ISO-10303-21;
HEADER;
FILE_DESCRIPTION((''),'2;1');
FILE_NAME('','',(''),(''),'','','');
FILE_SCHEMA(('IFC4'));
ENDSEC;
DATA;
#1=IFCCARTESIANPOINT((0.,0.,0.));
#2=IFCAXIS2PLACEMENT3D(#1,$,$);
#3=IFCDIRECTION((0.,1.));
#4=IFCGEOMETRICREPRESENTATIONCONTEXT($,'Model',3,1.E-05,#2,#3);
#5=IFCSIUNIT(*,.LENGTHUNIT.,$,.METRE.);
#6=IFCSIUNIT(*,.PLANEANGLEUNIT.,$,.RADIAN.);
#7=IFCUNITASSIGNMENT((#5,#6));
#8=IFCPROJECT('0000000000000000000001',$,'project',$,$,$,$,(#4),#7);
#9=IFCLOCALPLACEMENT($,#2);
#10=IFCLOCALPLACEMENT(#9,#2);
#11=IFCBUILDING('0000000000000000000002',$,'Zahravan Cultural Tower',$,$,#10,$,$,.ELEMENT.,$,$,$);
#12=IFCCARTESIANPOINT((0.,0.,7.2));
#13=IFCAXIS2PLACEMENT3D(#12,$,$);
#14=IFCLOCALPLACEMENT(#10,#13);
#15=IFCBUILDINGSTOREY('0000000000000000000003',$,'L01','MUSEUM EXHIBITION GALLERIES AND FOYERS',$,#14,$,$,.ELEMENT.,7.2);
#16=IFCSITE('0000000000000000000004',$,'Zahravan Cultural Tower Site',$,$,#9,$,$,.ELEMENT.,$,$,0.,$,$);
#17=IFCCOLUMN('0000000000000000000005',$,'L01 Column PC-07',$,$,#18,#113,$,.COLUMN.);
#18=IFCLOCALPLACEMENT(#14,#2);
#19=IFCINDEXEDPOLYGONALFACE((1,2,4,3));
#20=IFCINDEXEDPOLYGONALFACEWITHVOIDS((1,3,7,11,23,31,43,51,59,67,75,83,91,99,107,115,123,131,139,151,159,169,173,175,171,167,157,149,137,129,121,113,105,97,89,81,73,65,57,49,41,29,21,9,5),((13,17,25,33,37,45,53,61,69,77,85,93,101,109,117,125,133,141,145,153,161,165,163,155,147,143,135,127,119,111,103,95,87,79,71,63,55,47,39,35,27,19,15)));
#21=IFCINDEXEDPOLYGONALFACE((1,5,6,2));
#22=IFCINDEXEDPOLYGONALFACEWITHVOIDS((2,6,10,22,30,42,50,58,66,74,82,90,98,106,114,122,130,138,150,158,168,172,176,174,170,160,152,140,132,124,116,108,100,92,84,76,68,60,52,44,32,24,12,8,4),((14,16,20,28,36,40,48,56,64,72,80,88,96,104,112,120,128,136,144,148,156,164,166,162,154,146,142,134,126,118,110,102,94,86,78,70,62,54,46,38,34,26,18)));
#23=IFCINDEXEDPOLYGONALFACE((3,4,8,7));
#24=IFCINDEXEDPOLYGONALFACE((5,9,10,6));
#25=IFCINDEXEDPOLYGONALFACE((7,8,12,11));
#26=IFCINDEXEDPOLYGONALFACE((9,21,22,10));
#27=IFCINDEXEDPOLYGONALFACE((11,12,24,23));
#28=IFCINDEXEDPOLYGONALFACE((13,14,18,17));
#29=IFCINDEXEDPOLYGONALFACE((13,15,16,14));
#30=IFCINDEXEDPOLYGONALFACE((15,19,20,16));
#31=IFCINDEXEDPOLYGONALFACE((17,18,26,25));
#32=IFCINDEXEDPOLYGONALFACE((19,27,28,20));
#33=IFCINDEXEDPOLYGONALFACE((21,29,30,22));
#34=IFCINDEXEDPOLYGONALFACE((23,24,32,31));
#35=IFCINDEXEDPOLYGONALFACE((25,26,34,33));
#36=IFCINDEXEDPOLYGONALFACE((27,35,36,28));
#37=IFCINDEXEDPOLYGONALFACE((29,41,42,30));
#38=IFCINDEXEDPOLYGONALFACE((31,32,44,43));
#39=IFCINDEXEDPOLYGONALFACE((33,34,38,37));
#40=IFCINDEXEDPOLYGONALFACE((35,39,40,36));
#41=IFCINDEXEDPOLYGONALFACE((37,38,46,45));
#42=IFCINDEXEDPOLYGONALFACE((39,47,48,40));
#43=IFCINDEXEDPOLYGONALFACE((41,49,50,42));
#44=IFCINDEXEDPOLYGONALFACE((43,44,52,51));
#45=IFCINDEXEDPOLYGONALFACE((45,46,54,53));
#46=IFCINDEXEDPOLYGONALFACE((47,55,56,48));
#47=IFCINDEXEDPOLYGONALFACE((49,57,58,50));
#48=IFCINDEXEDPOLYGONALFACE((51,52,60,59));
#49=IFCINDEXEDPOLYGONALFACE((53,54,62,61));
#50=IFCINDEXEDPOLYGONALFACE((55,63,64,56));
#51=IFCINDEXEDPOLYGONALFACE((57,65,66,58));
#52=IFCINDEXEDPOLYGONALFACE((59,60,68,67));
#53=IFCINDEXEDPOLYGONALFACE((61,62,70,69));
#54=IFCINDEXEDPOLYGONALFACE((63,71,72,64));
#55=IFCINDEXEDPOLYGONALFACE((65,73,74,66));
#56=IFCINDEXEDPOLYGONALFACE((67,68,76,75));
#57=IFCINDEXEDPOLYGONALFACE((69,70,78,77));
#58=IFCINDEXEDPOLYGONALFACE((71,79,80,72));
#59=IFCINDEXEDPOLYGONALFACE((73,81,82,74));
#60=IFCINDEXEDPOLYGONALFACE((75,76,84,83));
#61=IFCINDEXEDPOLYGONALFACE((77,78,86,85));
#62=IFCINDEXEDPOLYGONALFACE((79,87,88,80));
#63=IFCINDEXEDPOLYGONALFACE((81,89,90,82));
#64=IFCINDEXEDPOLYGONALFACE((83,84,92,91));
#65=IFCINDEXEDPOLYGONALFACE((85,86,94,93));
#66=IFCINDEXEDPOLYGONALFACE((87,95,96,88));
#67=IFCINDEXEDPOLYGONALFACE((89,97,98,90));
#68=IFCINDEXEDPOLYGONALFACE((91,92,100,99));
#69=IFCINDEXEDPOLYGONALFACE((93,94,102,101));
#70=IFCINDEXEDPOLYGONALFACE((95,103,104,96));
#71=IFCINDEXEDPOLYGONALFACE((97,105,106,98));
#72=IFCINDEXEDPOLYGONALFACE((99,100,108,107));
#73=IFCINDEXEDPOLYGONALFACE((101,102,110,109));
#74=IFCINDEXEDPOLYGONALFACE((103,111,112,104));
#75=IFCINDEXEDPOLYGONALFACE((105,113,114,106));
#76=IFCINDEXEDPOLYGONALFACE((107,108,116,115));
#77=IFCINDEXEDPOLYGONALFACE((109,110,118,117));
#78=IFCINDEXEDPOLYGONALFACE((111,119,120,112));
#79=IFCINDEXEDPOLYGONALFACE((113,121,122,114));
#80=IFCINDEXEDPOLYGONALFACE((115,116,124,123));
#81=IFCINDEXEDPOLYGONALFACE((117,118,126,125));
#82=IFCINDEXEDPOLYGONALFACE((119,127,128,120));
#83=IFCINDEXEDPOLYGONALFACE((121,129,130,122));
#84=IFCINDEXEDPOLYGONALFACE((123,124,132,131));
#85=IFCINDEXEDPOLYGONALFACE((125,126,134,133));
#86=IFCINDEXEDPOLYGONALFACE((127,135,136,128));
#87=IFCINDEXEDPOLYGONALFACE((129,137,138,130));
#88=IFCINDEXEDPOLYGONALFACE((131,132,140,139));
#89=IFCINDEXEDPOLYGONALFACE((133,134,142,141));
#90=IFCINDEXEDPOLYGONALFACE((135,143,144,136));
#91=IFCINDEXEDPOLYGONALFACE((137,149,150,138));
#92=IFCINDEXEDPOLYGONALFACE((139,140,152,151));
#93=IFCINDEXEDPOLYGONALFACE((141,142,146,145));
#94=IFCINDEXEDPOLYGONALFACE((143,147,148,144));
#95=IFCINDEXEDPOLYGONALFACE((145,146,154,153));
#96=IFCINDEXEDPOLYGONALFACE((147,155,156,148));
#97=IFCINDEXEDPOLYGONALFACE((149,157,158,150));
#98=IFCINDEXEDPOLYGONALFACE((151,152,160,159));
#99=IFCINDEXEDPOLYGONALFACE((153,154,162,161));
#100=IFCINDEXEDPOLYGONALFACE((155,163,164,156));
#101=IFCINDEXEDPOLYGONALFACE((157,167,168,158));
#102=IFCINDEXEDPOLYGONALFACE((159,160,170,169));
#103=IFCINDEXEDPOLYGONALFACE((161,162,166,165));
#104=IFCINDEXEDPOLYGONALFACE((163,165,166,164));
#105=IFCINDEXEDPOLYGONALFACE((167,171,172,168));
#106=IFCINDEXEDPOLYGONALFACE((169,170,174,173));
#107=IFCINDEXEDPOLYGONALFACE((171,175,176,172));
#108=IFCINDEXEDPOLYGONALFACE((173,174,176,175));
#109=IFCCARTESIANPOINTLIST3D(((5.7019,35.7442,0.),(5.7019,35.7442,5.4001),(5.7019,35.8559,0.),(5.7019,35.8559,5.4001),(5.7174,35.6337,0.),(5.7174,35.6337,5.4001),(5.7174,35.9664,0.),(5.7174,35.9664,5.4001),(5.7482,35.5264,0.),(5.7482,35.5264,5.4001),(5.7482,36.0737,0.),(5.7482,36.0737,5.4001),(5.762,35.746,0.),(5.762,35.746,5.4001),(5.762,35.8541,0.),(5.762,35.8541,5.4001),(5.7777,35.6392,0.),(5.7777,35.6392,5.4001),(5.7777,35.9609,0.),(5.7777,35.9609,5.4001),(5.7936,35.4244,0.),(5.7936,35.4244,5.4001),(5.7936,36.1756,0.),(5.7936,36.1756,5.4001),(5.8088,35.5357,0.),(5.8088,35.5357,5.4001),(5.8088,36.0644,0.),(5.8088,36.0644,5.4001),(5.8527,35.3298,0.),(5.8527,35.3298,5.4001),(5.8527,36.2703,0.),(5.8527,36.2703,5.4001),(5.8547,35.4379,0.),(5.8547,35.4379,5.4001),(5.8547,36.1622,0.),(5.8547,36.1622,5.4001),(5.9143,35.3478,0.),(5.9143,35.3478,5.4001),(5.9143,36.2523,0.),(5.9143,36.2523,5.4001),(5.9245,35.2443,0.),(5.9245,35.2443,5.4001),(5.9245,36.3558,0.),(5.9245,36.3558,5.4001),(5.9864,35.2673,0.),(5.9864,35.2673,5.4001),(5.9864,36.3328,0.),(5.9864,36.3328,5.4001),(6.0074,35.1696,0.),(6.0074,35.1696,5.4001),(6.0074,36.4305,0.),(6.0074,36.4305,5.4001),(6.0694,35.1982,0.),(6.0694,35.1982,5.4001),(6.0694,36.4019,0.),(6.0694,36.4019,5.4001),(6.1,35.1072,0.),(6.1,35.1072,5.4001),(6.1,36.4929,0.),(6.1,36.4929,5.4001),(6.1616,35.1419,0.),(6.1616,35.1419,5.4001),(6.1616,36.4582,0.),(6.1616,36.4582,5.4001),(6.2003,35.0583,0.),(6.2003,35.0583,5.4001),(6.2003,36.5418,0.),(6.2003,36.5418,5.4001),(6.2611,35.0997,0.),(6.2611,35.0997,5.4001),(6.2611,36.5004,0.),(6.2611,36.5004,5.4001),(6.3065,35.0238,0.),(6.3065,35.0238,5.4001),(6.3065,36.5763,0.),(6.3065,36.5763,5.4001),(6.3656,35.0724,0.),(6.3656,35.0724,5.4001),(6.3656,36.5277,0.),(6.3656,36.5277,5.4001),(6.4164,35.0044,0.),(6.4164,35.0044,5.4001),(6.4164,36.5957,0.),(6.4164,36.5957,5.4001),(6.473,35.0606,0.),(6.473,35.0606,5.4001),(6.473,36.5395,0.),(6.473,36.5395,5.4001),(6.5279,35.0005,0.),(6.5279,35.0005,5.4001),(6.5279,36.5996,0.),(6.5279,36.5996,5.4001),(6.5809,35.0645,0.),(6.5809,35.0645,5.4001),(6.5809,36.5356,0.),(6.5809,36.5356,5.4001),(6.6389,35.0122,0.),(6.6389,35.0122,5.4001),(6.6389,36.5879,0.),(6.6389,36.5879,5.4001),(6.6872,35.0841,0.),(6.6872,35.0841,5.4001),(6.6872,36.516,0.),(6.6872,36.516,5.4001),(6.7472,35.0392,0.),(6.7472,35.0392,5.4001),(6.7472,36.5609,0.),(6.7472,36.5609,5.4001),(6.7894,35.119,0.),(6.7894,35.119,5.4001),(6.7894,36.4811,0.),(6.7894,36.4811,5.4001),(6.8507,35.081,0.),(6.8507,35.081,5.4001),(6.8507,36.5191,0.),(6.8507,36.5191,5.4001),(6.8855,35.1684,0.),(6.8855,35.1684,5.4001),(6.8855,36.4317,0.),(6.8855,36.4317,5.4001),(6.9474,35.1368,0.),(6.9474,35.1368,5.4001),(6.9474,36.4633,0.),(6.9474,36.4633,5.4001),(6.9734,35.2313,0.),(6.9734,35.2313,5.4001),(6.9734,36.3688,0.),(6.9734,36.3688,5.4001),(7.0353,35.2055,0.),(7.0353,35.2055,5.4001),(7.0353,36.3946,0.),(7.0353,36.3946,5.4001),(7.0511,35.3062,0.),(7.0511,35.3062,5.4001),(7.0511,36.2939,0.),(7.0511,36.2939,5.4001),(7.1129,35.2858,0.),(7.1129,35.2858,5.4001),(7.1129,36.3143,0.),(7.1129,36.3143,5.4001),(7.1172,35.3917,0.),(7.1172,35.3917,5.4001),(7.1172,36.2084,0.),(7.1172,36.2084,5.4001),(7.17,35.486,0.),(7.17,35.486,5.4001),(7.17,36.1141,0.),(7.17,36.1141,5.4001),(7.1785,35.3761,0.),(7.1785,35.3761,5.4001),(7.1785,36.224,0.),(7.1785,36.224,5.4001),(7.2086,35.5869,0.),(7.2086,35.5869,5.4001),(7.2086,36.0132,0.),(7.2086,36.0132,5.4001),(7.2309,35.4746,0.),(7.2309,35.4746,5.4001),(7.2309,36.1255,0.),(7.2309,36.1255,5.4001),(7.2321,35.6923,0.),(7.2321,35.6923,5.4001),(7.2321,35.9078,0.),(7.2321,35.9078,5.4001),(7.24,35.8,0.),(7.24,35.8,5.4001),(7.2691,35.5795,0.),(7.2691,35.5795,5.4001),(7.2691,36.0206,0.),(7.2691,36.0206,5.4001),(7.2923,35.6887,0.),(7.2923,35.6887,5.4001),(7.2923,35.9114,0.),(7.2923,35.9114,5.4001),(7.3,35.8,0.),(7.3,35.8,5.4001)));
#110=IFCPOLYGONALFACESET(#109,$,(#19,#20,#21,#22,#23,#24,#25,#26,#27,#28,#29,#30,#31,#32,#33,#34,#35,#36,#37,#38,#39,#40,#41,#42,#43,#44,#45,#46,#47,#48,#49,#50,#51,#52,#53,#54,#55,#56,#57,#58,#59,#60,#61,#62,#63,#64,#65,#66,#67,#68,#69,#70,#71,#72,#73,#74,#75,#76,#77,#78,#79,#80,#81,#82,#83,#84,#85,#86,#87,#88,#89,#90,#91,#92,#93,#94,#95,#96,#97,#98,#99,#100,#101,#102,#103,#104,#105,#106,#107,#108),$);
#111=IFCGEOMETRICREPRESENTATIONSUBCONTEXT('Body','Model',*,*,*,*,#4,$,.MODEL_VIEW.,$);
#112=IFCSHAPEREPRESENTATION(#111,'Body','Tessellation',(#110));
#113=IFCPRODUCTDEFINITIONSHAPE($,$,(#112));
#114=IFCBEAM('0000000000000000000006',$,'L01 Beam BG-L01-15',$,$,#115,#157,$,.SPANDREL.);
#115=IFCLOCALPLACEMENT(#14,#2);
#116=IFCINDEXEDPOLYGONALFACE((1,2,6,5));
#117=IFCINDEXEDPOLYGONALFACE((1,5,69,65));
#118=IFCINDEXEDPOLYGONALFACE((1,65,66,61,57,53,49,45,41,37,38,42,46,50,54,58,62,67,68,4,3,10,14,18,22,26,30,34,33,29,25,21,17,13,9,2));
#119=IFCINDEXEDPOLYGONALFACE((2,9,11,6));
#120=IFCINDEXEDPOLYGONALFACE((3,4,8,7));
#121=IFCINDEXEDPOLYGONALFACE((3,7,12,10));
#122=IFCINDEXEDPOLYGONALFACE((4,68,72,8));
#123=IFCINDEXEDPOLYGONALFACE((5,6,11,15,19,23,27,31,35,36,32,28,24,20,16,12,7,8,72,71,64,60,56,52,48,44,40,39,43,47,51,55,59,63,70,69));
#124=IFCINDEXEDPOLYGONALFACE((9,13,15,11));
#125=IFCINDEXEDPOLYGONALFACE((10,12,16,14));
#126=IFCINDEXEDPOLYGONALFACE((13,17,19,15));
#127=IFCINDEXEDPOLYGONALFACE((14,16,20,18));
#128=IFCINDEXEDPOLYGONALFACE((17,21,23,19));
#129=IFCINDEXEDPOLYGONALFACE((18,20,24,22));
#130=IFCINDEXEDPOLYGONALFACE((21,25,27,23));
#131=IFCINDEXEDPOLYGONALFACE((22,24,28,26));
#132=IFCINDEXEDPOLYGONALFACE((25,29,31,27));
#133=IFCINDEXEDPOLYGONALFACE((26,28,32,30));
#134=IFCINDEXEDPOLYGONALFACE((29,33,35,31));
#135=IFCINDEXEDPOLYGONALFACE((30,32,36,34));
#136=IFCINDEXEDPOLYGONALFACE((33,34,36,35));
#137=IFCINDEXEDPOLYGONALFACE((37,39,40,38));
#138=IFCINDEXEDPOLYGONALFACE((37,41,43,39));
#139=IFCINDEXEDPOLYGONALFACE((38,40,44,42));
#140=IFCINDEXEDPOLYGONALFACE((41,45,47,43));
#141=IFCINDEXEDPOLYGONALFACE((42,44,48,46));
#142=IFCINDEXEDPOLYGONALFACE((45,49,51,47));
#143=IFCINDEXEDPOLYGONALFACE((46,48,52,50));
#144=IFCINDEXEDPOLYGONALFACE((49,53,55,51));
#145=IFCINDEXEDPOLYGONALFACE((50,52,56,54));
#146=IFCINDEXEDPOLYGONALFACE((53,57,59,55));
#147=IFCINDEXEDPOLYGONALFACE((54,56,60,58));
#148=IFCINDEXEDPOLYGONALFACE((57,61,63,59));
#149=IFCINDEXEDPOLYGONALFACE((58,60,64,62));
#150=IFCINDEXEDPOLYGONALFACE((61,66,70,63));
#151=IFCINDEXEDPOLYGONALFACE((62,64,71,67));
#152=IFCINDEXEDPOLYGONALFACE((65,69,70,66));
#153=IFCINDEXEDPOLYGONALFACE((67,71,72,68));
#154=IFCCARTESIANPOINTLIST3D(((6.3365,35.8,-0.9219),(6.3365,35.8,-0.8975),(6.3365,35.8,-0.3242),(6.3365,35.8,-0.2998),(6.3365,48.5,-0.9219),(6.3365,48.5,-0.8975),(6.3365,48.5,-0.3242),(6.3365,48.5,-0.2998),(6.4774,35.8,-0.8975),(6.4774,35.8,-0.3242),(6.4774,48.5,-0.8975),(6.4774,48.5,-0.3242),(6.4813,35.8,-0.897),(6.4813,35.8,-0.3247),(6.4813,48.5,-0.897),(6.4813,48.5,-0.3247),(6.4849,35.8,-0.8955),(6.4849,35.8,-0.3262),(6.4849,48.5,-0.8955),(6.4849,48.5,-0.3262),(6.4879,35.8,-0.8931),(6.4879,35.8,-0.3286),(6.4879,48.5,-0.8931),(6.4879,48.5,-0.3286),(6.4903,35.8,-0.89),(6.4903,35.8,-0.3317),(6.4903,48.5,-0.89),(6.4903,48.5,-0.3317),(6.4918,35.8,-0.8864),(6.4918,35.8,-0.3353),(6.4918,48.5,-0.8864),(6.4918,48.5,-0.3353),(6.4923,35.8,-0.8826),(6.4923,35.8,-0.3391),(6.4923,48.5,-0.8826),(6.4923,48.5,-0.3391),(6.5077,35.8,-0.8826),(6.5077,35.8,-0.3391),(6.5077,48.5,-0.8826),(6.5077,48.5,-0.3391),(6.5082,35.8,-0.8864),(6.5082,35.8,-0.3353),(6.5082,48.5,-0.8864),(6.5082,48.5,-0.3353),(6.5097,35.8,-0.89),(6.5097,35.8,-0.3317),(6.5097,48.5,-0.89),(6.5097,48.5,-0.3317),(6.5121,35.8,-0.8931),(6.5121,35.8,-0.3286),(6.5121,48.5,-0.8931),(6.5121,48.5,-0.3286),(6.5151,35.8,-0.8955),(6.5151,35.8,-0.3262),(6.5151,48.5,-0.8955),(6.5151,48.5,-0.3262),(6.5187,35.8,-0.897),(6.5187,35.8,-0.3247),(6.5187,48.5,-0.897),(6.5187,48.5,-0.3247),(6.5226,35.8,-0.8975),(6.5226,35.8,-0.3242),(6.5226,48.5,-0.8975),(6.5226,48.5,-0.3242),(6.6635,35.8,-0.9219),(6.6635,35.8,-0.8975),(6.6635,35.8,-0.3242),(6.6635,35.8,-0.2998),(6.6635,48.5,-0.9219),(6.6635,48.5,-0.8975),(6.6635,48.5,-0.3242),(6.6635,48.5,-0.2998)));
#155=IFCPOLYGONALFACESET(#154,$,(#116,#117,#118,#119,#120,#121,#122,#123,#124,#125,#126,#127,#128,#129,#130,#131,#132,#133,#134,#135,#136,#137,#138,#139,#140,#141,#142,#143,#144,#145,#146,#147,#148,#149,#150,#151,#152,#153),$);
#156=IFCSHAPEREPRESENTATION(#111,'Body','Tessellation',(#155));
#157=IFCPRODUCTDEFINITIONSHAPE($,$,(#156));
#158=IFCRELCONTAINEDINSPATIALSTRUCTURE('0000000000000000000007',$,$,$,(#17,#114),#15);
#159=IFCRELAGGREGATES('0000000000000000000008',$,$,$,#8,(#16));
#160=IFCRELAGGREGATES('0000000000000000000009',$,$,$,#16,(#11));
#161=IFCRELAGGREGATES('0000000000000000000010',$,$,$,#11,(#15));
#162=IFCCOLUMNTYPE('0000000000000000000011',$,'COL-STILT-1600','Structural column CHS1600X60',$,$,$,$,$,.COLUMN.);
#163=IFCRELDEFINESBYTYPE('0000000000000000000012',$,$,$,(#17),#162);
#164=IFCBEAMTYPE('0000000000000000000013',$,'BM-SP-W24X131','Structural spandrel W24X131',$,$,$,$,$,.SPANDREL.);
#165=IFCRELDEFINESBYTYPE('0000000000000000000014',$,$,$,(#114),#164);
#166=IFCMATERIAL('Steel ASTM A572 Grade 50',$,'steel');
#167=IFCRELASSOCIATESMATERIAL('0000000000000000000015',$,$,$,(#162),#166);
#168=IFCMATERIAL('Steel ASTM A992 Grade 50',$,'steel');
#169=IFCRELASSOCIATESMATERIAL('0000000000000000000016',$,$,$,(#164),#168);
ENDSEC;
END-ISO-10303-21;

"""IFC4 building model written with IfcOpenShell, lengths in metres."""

from ifc_helpers import new_model, si_unit, direction, frame, origin, origin_2d, place, context, subcontext, project, spatial, hollow_circle, i_section, extrude, source, transform, mapped, material, material_profile, profile_set, type_object, element, save


model = new_model("IFC4")

# Units and contexts
model_context = context("Model", 3, precision=1e-05, world=origin(), true_north=direction((0.0, 1.0)))
body_context = subcontext(model_context, "Body", "Model", "MODEL_VIEW")
ifc_project = project(units=[si_unit("LENGTHUNIT", "METRE"), si_unit("PLANEANGLEUNIT", "RADIAN")], contexts=[model_context])

# Site, building, storey
site_placement = place(None, origin())
site = spatial("IfcSite", under=ifc_project, at=site_placement, Name="Zahravan Cultural Tower Site", CompositionType="ELEMENT", RefElevation=0.0)
building_placement = place(site_placement, origin())
building = spatial("IfcBuilding", under=site, at=building_placement, Name="Zahravan Cultural Tower", CompositionType="ELEMENT")
storey_placement = place(building_placement, frame((0.0, 0.0, 7.2)))
storey = spatial("IfcBuildingStorey", under=building, at=storey_placement, Name="L01", Description="MUSEUM EXHIBITION GALLERIES AND FOYERS", CompositionType="ELEMENT", Elevation=7.2)

# Column
ifc_material_1 = material(Name="Steel ASTM A572 Grade 50", Category="steel")
ifc_material_profile_1 = material_profile(ifc_material_1, hollow_circle(Radius=0.8, WallThickness=0.0601, at=origin_2d()), Name="CHS1600X60")
ifc_profile_set_1 = profile_set([ifc_material_profile_1], Name="Steel ASTM A572 Grade 50")
column_type = type_object("IfcColumnType", Name="COL-STILT-1600", Description="Structural column CHS1600X60", PredefinedType="COLUMN", material=ifc_profile_set_1)
shared_shape_1 = source(origin(), body_context, "Body", "SweptSolid", [
    extrude(hollow_circle(Radius=0.8, WallThickness=0.0601, at=origin_2d()), origin(), (0.0, 0.0, 1.0), 5.4001),
])
column_placement = place(storey_placement, frame((6.5, 35.8, 0.0), z_axis=(0.0, 0.0, 1.0), x_axis=(1.0, 0.0, 0.0)))
element("IfcColumn", 1, at=column_placement, inside=storey, type_object=column_type, Name="L01 Column PC-07", PredefinedType="COLUMN", context=body_context, shape_type="MappedRepresentation", body=[
    mapped(shared_shape_1, transform((0.0, 0.0, 0.0), x_axis=(1.0, 0.0, 0.0), y_axis=(0.0, 1.0, 0.0), z_axis=(0.0, 0.0, 1.0), scale=1.0)),
])

# Beam
ifc_material_2 = material(Name="Steel ASTM A992 Grade 50", Category="steel")
ifc_material_profile_2 = material_profile(ifc_material_2, i_section(OverallWidth=0.3269, OverallDepth=0.6221, WebThickness=0.0154, FlangeThickness=0.0244, FilletRadius=0.0149, at=origin_2d()), Name="W24X131")
ifc_profile_set_2 = profile_set([ifc_material_profile_2], Name="Steel ASTM A992 Grade 50")
beam_type_1 = type_object("IfcBeamType", Name="BM-SP-W24X131", Description="Structural spandrel W24X131", PredefinedType="SPANDREL", material=ifc_profile_set_2)
shared_shape_2 = source(origin(), body_context, "Body", "SweptSolid", [
    extrude(i_section(OverallWidth=0.3269, OverallDepth=0.6221, WebThickness=0.0154, FlangeThickness=0.0244, FilletRadius=0.0149, at=origin_2d()), origin(), (0.0, 0.0, 1.0), 12.7),
])
beam_1_placement = place(storey_placement, frame((6.5, 35.8, -0.6108), z_axis=(0.0, 1.0, 0.0), x_axis=(-1.0, 0.0, 0.0)))
element("IfcBeam", 2, at=beam_1_placement, inside=storey, type_object=beam_type_1, Name="L01 Beam BG-L01-15", PredefinedType="SPANDREL", context=body_context, shape_type="MappedRepresentation", body=[
    mapped(shared_shape_2, transform((0.0, 0.0, 0.0), x_axis=(1.0, 0.0, 0.0), y_axis=(0.0, 1.0, 0.0), z_axis=(0.0, 0.0, 1.0), scale=1.0)),
])

save(model, "model.ifc")
